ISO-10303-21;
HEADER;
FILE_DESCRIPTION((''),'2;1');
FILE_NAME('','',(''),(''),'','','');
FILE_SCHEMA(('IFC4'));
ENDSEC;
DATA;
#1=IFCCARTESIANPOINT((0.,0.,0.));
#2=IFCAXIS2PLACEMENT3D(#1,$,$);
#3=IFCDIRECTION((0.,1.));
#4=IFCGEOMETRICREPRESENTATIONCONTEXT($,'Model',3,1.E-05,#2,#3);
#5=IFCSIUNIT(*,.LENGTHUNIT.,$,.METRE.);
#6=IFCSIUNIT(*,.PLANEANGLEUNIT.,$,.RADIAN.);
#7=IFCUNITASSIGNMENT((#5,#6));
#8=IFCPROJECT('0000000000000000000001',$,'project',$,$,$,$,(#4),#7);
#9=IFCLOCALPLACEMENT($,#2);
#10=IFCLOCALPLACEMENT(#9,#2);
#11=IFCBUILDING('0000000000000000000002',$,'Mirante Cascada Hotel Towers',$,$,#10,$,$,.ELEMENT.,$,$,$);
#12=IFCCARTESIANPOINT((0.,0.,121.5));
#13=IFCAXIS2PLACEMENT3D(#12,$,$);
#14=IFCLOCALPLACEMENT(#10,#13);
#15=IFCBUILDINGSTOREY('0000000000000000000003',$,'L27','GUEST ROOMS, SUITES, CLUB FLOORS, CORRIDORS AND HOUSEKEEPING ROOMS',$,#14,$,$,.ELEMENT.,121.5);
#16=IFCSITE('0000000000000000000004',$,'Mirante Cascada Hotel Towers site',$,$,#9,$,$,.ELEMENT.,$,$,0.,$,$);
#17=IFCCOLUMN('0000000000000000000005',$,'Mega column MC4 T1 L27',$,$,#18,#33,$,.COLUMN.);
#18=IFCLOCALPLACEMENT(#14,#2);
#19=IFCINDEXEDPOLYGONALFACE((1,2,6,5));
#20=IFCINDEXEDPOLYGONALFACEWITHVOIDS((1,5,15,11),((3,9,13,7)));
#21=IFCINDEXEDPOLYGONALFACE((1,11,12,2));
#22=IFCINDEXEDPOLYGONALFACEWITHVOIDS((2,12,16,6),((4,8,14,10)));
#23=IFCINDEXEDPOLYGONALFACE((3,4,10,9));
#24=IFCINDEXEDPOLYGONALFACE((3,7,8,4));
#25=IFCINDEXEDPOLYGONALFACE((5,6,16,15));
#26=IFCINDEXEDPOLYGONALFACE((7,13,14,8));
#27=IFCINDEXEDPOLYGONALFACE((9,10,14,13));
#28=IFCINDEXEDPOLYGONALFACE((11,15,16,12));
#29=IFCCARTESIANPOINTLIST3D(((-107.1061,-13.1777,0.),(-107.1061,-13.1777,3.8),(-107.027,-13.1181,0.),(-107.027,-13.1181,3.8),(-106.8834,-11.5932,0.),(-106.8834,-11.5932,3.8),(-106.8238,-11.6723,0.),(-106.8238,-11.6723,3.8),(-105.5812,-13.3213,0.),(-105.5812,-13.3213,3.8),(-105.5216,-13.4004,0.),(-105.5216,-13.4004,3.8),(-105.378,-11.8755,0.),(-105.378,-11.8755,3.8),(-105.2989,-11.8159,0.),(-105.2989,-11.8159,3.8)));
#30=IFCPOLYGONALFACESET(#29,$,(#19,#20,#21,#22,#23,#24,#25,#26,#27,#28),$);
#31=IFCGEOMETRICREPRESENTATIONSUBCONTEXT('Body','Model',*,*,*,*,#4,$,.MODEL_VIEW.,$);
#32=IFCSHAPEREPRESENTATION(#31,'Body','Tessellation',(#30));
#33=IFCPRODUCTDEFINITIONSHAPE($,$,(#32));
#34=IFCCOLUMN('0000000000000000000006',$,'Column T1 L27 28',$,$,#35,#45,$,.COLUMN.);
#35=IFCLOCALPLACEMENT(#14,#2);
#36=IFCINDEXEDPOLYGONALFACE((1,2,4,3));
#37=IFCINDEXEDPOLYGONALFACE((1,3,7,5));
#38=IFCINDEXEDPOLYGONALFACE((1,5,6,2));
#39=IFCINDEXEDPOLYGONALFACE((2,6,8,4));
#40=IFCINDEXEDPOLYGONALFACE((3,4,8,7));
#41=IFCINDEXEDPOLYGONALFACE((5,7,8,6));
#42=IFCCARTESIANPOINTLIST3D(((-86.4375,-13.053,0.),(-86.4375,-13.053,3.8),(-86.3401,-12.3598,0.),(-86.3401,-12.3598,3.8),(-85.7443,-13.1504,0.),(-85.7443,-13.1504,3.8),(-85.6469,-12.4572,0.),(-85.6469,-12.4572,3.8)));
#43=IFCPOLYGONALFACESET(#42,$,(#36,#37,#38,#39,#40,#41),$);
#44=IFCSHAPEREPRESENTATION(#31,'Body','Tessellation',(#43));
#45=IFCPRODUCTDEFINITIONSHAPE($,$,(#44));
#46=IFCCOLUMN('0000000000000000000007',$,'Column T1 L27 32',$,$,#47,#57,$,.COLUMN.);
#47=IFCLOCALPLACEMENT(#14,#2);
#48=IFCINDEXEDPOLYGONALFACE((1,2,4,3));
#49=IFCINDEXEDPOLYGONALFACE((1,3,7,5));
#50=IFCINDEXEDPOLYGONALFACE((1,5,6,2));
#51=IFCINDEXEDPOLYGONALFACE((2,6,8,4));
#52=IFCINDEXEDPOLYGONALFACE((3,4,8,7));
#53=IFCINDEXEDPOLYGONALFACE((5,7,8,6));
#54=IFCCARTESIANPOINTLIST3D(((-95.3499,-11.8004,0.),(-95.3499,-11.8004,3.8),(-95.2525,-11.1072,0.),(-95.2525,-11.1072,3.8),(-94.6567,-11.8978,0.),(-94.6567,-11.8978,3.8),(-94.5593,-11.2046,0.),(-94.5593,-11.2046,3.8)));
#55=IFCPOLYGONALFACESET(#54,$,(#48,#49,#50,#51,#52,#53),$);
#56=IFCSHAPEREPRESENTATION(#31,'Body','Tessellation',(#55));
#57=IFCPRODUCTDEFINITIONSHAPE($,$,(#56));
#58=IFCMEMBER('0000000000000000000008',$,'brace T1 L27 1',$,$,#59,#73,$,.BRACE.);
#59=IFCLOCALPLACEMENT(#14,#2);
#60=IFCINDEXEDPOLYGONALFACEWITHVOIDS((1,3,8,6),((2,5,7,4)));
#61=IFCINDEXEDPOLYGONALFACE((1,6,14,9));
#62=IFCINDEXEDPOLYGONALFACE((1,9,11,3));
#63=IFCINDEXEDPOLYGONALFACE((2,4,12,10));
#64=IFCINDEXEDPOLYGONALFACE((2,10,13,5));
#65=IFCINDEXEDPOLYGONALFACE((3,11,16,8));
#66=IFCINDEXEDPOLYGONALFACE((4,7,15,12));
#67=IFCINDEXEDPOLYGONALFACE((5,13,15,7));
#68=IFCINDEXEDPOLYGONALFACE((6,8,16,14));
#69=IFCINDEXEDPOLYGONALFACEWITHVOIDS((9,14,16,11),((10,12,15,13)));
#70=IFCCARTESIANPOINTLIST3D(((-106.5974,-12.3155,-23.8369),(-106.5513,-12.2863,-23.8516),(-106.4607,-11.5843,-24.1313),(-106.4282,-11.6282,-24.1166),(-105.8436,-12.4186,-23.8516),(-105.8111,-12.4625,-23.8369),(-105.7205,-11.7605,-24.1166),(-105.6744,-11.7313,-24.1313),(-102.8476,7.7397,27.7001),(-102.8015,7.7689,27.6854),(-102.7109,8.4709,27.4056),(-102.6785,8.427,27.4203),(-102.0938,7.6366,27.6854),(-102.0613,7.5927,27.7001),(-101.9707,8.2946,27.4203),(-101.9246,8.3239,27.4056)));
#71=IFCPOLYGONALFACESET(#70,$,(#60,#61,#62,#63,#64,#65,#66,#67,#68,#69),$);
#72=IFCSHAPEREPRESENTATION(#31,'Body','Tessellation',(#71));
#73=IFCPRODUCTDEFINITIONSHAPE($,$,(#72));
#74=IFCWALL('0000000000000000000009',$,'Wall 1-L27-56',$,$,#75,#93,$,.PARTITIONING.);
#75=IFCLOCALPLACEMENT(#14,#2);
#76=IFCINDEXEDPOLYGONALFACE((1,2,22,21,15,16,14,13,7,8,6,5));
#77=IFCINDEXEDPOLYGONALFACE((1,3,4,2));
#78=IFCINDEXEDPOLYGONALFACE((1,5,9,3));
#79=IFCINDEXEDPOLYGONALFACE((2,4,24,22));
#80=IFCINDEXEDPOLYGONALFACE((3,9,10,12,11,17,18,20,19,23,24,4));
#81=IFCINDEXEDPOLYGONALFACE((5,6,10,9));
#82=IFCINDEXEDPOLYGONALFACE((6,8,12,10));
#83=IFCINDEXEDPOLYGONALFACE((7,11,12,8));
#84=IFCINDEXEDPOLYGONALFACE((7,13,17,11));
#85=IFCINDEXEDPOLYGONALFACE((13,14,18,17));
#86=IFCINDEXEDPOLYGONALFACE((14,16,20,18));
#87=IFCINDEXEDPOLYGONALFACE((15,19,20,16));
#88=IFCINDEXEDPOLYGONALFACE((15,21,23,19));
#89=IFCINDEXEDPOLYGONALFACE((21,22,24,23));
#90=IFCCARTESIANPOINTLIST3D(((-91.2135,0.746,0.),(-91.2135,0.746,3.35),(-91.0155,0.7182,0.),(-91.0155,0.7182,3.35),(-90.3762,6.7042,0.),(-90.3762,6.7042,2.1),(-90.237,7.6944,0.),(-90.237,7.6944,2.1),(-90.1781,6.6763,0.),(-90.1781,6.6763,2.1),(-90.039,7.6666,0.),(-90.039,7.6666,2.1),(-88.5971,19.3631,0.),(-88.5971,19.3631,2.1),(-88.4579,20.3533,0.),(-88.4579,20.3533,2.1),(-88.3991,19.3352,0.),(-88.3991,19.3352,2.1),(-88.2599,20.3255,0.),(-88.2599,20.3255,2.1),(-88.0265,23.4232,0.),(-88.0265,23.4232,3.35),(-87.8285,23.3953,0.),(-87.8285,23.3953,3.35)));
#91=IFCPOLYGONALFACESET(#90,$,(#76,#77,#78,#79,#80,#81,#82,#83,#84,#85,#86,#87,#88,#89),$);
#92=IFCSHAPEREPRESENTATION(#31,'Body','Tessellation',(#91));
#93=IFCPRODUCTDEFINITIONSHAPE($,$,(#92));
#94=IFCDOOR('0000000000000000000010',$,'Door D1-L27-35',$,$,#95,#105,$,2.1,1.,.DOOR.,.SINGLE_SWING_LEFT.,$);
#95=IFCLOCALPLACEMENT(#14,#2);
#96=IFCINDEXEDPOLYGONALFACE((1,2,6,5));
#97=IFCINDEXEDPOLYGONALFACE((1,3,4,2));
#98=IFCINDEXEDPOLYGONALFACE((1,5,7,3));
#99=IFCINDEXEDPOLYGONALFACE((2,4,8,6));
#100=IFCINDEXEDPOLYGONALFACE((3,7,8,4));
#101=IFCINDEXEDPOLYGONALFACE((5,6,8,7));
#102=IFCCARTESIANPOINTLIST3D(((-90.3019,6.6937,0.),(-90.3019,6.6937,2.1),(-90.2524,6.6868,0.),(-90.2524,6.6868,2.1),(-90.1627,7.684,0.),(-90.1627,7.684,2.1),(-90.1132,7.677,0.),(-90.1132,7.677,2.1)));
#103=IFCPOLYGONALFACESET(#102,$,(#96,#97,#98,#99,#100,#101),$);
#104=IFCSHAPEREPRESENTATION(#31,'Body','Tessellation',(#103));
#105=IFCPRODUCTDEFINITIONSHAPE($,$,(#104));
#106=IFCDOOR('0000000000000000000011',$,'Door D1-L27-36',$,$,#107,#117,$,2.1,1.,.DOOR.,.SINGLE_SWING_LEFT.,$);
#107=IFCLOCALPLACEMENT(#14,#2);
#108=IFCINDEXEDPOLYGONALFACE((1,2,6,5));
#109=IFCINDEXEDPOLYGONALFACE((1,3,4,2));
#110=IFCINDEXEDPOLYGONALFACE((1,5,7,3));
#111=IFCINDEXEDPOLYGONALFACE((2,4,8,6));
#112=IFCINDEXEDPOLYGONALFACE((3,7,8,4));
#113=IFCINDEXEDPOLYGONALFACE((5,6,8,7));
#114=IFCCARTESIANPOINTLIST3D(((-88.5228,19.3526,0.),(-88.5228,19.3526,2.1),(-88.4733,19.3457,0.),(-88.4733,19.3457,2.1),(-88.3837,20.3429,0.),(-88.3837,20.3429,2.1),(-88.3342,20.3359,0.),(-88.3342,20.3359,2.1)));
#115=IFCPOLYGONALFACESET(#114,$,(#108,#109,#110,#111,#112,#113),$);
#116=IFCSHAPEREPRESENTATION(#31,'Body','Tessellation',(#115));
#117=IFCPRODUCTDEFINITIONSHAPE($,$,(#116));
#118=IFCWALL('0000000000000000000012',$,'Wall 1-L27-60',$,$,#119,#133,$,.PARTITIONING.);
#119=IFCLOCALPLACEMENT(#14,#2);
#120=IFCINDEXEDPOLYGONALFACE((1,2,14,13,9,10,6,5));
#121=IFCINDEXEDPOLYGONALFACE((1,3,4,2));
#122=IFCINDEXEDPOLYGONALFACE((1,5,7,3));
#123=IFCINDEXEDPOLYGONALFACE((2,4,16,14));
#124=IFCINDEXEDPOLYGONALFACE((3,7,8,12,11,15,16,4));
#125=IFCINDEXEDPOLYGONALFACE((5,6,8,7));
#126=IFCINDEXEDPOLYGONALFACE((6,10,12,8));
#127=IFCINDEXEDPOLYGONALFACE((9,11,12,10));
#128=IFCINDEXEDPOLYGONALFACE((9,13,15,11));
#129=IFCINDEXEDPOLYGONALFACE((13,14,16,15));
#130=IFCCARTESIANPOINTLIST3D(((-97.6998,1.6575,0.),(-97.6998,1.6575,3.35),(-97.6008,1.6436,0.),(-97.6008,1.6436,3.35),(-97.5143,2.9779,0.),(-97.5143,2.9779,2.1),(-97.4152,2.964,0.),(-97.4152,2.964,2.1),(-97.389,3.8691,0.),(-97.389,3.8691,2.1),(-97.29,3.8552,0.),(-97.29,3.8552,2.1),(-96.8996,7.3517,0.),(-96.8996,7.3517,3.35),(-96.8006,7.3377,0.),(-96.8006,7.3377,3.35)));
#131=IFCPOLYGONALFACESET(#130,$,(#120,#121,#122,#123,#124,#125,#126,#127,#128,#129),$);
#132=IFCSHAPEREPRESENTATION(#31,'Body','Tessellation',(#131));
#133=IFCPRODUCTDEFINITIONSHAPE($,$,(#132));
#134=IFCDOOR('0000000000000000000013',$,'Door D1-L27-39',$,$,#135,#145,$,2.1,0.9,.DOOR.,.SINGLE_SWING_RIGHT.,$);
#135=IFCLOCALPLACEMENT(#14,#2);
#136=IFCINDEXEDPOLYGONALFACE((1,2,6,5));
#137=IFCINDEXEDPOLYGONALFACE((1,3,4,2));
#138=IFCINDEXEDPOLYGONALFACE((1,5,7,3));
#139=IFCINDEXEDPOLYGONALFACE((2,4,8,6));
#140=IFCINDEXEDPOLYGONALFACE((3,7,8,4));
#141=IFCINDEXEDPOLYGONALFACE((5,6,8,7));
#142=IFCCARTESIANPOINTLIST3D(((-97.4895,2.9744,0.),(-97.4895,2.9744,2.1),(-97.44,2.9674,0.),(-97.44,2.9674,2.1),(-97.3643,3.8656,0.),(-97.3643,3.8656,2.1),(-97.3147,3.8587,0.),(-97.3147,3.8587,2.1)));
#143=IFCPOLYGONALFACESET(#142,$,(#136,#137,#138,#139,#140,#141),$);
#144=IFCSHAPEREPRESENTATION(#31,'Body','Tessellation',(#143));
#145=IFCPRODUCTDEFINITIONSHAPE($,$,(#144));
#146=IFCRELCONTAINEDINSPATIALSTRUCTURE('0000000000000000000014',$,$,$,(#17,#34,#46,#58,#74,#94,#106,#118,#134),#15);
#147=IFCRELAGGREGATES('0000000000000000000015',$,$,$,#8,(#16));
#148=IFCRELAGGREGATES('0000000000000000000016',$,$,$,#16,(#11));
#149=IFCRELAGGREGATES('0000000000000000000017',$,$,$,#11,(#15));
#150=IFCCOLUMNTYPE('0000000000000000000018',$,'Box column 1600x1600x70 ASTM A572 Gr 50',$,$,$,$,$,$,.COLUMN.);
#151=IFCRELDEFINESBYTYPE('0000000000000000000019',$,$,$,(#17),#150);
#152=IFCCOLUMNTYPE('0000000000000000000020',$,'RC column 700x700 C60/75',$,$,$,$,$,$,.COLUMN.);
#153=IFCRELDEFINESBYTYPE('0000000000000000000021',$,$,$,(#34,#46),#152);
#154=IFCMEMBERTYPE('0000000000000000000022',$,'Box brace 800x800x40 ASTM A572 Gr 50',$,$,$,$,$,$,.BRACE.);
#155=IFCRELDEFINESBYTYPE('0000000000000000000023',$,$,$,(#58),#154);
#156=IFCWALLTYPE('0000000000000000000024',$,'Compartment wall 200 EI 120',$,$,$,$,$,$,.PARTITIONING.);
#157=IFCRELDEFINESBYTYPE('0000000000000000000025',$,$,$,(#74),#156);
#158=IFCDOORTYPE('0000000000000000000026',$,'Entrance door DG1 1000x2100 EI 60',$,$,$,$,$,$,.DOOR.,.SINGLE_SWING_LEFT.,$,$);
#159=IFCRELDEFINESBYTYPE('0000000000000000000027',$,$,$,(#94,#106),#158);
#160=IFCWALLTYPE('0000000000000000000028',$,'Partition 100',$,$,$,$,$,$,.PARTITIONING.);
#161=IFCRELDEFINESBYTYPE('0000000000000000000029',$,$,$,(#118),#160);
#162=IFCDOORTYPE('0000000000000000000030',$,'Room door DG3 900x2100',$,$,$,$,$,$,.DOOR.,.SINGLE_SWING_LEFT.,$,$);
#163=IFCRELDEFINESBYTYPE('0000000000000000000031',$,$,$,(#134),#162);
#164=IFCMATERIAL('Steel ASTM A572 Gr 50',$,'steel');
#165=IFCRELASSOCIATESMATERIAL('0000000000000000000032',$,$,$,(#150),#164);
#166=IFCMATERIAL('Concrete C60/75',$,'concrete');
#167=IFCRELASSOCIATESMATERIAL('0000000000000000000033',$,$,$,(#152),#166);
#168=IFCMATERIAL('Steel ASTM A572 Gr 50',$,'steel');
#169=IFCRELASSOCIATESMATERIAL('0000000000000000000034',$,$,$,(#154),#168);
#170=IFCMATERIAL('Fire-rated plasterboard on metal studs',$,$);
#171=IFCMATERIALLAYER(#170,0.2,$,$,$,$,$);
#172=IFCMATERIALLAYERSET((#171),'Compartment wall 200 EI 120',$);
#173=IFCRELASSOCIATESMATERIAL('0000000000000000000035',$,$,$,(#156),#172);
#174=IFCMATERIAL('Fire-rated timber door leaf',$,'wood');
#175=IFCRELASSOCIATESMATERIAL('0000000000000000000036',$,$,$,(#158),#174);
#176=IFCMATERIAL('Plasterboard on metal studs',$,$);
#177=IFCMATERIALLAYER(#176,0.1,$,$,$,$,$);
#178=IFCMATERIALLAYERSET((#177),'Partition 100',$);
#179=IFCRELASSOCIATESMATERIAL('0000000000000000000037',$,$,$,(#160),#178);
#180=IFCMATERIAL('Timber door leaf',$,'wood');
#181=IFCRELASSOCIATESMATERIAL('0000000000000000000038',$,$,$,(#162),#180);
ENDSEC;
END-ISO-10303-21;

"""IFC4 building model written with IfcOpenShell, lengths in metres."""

from ifc_helpers import new_model, si_unit, direction, frame, frame_2d, origin, origin_2d, place, context, subcontext, project, spatial, rectangle, hollow_rectangle, extrude, material, layer, layer_set, material_profile, profile_set, type_object, element, fill, save


model = new_model("IFC4")

# Units and contexts
model_context = context("Model", 3, precision=1e-05, world=origin(), true_north=direction((0.0, 1.0)))
body_context = subcontext(model_context, "Body", "Model", "MODEL_VIEW")
ifc_project = project(units=[si_unit("LENGTHUNIT", "METRE"), si_unit("PLANEANGLEUNIT", "RADIAN")], contexts=[model_context])

# Site, building, storey
site_placement = place(None, origin())
site = spatial("IfcSite", under=ifc_project, at=site_placement, Name="Mirante Cascada Hotel Towers site", CompositionType="ELEMENT", RefElevation=0.0)
building_placement = place(site_placement, origin())
building = spatial("IfcBuilding", under=site, at=building_placement, Name="Mirante Cascada Hotel Towers", CompositionType="ELEMENT")
storey_placement = place(building_placement, frame((0.0, 0.0, 121.5)))
storey = spatial("IfcBuildingStorey", under=building, at=storey_placement, Name="L27", Description="GUEST ROOMS, SUITES, CLUB FLOORS, CORRIDORS AND HOUSEKEEPING ROOMS", CompositionType="ELEMENT", Elevation=121.5)

# Columns
ifc_material_1 = material(Name="Steel ASTM A572 Gr 50", Category="steel")
ifc_material_profile_1 = material_profile(ifc_material_1, hollow_rectangle(XDim=1.6, YDim=1.6, WallThickness=0.07, at=origin_2d()), Name="Box column 1600x1600x70 ASTM A572 Gr 50")
ifc_profile_set_1 = profile_set([ifc_material_profile_1], Name="Steel ASTM A572 Gr 50")
column_type_1 = type_object("IfcColumnType", Name="Box column 1600x1600x70 ASTM A572 Gr 50", PredefinedType="COLUMN", material=ifc_profile_set_1)
column_placement = place(storey_placement, frame((-106.2025, -12.4968, 0.0), z_axis=(0.0, 0.0, 1.0), x_axis=(-0.990268, 0.139173, 0.0)))
element("IfcColumn", 1, at=column_placement, inside=storey, type_object=column_type_1, Name="Mega column MC4 T1 L27", PredefinedType="COLUMN", context=body_context, shape_type="SweptSolid", body=[
    extrude(hollow_rectangle(XDim=1.6, YDim=1.6, WallThickness=0.07, at=origin_2d()), origin(), (0.0, 0.0, 1.0), 3.8),
])
ifc_material_2 = material(Name="Concrete C60/75", Category="concrete")
ifc_material_profile_2 = material_profile(ifc_material_2, rectangle(XDim=0.7, YDim=0.7, at=origin_2d()), Name="RC column 700x700 C60/75")
ifc_profile_set_2 = profile_set([ifc_material_profile_2], Name="Concrete C60/75")
column_type_2 = type_object("IfcColumnType", Name="RC column 700x700 C60/75", PredefinedType="COLUMN", material=ifc_profile_set_2)
for number, where, z_axis, x_axis, name in (
    (2, (-86.0422, -12.7551, 0.0), (0.0, 0.0, 1.0), (-0.990268, 0.139173, 0.0), "Column T1 L27 28"),
    (3, (-94.9546, -11.5025, 0.0), (0.0, 0.0, 1.0), (-0.990268, 0.139173, 0.0), "Column T1 L27 32"),
):
    element("IfcColumn", number, at=place(storey_placement, frame(where, z_axis=z_axis, x_axis=x_axis)), inside=storey, type_object=column_type_2, Name=name, PredefinedType="COLUMN", context=body_context, shape_type="SweptSolid", body=[
        extrude(rectangle(XDim=0.7, YDim=0.7, at=origin_2d()), origin(), (0.0, 0.0, 1.0), 3.8),
    ])

# Member
ifc_material_3 = material(Name="Steel ASTM A572 Gr 50", Category="steel")
ifc_material_profile_3 = material_profile(ifc_material_3, hollow_rectangle(XDim=0.8, YDim=0.8, WallThickness=0.04, at=origin_2d()), Name="Box brace 800x800x40 ASTM A572 Gr 50")
ifc_profile_set_3 = profile_set([ifc_material_profile_3], Name="Steel ASTM A572 Gr 50")
member_type = type_object("IfcMemberType", Name="Box brace 800x800x40 ASTM A572 Gr 50", PredefinedType="BRACE", material=ifc_profile_set_3)
member_placement = place(storey_placement, frame((-106.1359, -12.0234, -23.9841), z_axis=(0.067651, 0.36182, 0.92979), x_axis=(-0.982966, 0.183789, 0.0)))
element("IfcMember", 4, at=member_placement, inside=storey, type_object=member_type, Name="brace T1 L27 1", PredefinedType="BRACE", context=body_context, shape_type="SweptSolid", body=[
    extrude(hollow_rectangle(XDim=0.8, YDim=0.8, WallThickness=0.04, at=origin_2d()), origin(), (0.0, 0.0, 1.0), 55.4286),
])

# Wall, openings, doors
ifc_material_4 = material(Name="Fire-rated plasterboard on metal studs")
ifc_layer_1 = layer(ifc_material_4, 0.2)
ifc_layer_set_1 = layer_set([ifc_layer_1], Name="Compartment wall 200 EI 120")
wall_type_1 = type_object("IfcWallType", Name="Compartment wall 200 EI 120", PredefinedType="PARTITIONING", material=ifc_layer_set_1)
wall_1_placement = place(storey_placement, frame((-91.1145, 0.7321, 0.0), z_axis=(0.0, 0.0, 1.0), x_axis=(0.139171, 0.990268, 0.0)))
wall_1 = element("IfcWall", 5, at=wall_1_placement, inside=storey, type_object=wall_type_1, Name="Wall 1-L27-56", PredefinedType="PARTITIONING", context=body_context, shape_type="SweptSolid", body=[
    extrude(rectangle(XDim=22.9, YDim=0.2, at=frame_2d((11.45, 0.0))), origin(), (0.0, 0.0, 1.0), 3.35),
])
opening_1_placement = place(wall_1_placement, frame((6.0167, 0.0, 0.0)))
opening_1 = element("IfcOpeningElement", 6, at=opening_1_placement, cuts=wall_1, PredefinedType="OPENING", context=body_context, shape_type="SweptSolid", body=[
    extrude(rectangle(XDim=1.0, YDim=2.1, at=frame_2d((0.5, 1.05))), frame((0.0, 0.1, 0.0), z_axis=(0.0, -1.0, 0.0), x_axis=(1.0, 0.0, 0.0)), (0.0, 0.0, 1.0), 0.2),
])
opening_2_placement = place(wall_1_placement, frame((18.8, 0.0, 0.0)))
opening_2 = element("IfcOpeningElement", 7, at=opening_2_placement, cuts=wall_1, PredefinedType="OPENING", context=body_context, shape_type="SweptSolid", body=[
    extrude(rectangle(XDim=1.0, YDim=2.1, at=frame_2d((0.5, 1.05))), frame((0.0, 0.1, 0.0), z_axis=(0.0, -1.0, 0.0), x_axis=(1.0, 0.0, 0.0)), (0.0, 0.0, 1.0), 0.2),
])
ifc_material_5 = material(Name="Fire-rated timber door leaf", Category="wood")
door_type_1 = type_object("IfcDoorType", Name="Entrance door DG1 1000x2100 EI 60", OperationType="SINGLE_SWING_LEFT", PredefinedType="DOOR", material=ifc_material_5)
door_1_placement = place(opening_1_placement, origin())
door_1 = element("IfcDoor", 8, at=door_1_placement, inside=storey, type_object=door_type_1, Name="Door D1-L27-35", OperationType="SINGLE_SWING_LEFT", OverallHeight=2.1, OverallWidth=1.0, PredefinedType="DOOR", context=body_context, shape_type="SweptSolid", body=[
    extrude(rectangle(XDim=1.0, YDim=2.1, at=frame_2d((0.5, 1.05))), frame((0.0, 0.025, 0.0), z_axis=(0.0, -1.0, 0.0), x_axis=(1.0, 0.0, 0.0)), (0.0, 0.0, 1.0), 0.05),
])
fill(opening_1, door_1)
door_2_placement = place(opening_2_placement, origin())
door_2 = element("IfcDoor", 9, at=door_2_placement, inside=storey, type_object=door_type_1, Name="Door D1-L27-36", OperationType="SINGLE_SWING_LEFT", OverallHeight=2.1, OverallWidth=1.0, PredefinedType="DOOR", context=body_context, shape_type="SweptSolid", body=[
    extrude(rectangle(XDim=1.0, YDim=2.1, at=frame_2d((0.5, 1.05))), frame((0.0, 0.025, 0.0), z_axis=(0.0, -1.0, 0.0), x_axis=(1.0, 0.0, 0.0)), (0.0, 0.0, 1.0), 0.05),
])
fill(opening_2, door_2)

# Wall, opening, door
ifc_material_6 = material(Name="Plasterboard on metal studs")
ifc_layer_2 = layer(ifc_material_6, 0.1)
ifc_layer_set_2 = layer_set([ifc_layer_2], Name="Partition 100")
wall_type_2 = type_object("IfcWallType", Name="Partition 100", PredefinedType="PARTITIONING", material=ifc_layer_set_2)
wall_2_placement = place(storey_placement, frame((-97.6503, 1.6506, 0.0), z_axis=(0.0, 0.0, 1.0), x_axis=(0.139164, 0.990269, 0.0)))
wall_2 = element("IfcWall", 10, at=wall_2_placement, inside=storey, type_object=wall_type_2, Name="Wall 1-L27-60", PredefinedType="PARTITIONING", context=body_context, shape_type="SweptSolid", body=[
    extrude(rectangle(XDim=5.7501, YDim=0.1, at=frame_2d((2.875, 0.0))), origin(), (0.0, 0.0, 1.0), 3.35),
])
opening_3_placement = place(wall_2_placement, frame((1.3333, 0.0, 0.0)))
opening_3 = element("IfcOpeningElement", 11, at=opening_3_placement, cuts=wall_2, PredefinedType="OPENING", context=body_context, shape_type="SweptSolid", body=[
    extrude(rectangle(XDim=0.9, YDim=2.1, at=frame_2d((0.45, 1.05))), frame((0.0, 0.05, 0.0), z_axis=(0.0, -1.0, 0.0), x_axis=(1.0, 0.0, 0.0)), (0.0, 0.0, 1.0), 0.1),
])
ifc_material_7 = material(Name="Timber door leaf", Category="wood")
door_type_2 = type_object("IfcDoorType", Name="Room door DG3 900x2100", OperationType="SINGLE_SWING_LEFT", PredefinedType="DOOR", material=ifc_material_7)
door_3_placement = place(opening_3_placement, frame((0.9, 0.0, 0.0), z_axis=(0.0, 0.0, 1.0), x_axis=(-1.0, 0.0, 0.0)))
door_3 = element("IfcDoor", 12, at=door_3_placement, inside=storey, type_object=door_type_2, Name="Door D1-L27-39", OperationType="SINGLE_SWING_RIGHT", OverallHeight=2.1, OverallWidth=0.9, PredefinedType="DOOR", context=body_context, shape_type="SweptSolid", body=[
    extrude(rectangle(XDim=0.9, YDim=2.1, at=frame_2d((0.45, 1.05))), frame((0.0, 0.025, 0.0), z_axis=(0.0, -1.0, 0.0), x_axis=(1.0, 0.0, 0.0)), (0.0, 0.0, 1.0), 0.05),
])
fill(opening_3, door_3)

save(model, "model.ifc")
